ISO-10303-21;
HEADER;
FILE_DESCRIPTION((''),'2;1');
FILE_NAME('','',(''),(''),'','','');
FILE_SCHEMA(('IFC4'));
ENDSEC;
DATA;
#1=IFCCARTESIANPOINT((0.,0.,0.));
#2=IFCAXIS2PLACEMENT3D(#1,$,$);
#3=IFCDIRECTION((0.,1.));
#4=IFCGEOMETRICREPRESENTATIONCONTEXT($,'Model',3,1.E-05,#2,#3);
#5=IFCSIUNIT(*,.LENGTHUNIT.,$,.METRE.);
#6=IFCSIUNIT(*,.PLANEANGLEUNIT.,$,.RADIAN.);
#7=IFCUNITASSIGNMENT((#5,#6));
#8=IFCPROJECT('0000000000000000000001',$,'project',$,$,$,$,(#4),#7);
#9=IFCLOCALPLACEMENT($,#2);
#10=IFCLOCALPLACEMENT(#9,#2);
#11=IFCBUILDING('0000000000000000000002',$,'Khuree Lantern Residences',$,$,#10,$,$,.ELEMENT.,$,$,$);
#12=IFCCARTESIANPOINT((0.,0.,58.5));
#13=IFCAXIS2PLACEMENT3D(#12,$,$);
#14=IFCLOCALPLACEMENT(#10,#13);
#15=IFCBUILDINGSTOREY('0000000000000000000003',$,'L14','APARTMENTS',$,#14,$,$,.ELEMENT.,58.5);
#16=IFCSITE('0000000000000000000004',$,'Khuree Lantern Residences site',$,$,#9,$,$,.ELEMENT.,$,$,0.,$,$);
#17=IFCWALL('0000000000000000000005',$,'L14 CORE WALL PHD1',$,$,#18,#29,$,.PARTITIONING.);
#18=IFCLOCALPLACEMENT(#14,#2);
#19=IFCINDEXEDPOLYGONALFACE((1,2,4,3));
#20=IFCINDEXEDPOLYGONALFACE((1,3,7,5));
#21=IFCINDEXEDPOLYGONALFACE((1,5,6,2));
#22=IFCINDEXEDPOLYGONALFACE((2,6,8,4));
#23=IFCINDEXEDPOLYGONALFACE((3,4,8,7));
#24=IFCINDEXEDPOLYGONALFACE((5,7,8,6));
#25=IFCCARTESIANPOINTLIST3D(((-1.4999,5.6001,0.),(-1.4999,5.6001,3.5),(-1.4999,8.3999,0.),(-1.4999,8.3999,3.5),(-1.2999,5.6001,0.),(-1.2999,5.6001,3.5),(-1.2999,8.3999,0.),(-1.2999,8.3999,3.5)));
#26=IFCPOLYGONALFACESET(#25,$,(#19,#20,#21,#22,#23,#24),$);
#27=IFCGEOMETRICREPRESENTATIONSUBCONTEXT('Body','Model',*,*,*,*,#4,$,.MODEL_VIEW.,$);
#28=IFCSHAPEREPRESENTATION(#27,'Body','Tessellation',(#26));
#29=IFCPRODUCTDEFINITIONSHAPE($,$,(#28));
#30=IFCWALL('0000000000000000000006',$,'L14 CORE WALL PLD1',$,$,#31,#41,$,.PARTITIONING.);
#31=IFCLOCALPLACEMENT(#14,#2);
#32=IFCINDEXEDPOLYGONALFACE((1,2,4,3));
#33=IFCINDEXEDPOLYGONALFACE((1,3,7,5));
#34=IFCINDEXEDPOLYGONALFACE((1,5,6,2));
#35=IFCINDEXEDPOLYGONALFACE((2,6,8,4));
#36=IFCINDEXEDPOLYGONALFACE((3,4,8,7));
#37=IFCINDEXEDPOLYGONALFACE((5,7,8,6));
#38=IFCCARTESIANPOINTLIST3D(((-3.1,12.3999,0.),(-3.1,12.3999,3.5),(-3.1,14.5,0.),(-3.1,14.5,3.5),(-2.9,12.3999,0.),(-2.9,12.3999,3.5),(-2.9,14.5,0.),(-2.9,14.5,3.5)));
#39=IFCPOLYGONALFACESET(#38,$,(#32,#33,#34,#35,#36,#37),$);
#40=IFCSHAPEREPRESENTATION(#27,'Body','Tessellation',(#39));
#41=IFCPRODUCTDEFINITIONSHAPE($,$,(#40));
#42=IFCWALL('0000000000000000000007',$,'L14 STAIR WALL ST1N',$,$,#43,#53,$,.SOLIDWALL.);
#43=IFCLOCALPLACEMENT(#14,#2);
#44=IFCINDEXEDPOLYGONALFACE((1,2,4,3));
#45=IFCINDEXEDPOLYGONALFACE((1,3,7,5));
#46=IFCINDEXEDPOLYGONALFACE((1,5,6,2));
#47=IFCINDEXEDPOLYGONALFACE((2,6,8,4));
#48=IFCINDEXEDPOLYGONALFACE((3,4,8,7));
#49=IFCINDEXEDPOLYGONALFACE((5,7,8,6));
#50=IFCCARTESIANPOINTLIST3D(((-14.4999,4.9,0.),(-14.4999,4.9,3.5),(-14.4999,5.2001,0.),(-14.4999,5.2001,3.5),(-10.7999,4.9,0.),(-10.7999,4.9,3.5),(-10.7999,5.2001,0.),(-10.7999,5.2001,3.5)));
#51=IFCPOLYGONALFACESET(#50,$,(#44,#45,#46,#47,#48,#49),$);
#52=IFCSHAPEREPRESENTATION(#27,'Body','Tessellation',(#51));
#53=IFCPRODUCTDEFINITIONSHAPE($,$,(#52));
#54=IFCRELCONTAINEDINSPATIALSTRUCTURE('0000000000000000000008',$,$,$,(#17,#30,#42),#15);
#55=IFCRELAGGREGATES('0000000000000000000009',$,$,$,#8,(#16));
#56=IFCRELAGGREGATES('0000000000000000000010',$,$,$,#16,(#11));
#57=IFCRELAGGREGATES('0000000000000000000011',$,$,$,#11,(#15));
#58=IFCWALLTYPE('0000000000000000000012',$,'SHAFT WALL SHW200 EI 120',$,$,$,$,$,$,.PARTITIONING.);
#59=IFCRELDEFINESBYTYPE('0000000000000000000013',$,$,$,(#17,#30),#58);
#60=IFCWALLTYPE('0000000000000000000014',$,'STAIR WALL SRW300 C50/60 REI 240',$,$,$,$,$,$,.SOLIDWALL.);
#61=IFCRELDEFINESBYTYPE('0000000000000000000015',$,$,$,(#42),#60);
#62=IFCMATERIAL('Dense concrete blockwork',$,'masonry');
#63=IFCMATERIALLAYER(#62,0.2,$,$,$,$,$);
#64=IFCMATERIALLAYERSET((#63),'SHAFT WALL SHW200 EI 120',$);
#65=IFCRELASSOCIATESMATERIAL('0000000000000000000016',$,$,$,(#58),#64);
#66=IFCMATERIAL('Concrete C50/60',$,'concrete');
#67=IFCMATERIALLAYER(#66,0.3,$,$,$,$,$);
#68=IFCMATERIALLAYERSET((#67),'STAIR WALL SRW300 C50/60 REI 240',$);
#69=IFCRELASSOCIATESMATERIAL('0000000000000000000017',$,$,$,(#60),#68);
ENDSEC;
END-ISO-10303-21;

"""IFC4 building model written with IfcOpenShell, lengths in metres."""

from ifc_helpers import new_model, si_unit, direction, frame, frame_2d, origin, place, context, subcontext, project, spatial, rectangle, extrude, material, layer, layer_set, type_object, element, save


model = new_model("IFC4")

# Units and contexts
model_context = context("Model", 3, precision=1e-05, world=origin(), true_north=direction((0.0, 1.0)))
body_context = subcontext(model_context, "Body", "Model", "MODEL_VIEW")
ifc_project = project(units=[si_unit("LENGTHUNIT", "METRE"), si_unit("PLANEANGLEUNIT", "RADIAN")], contexts=[model_context])

# Site, building, storey
site_placement = place(None, origin())
site = spatial("IfcSite", under=ifc_project, at=site_placement, Name="Khuree Lantern Residences site", CompositionType="ELEMENT", RefElevation=0.0)
building_placement = place(site_placement, origin())
building = spatial("IfcBuilding", under=site, at=building_placement, Name="Khuree Lantern Residences", CompositionType="ELEMENT")
storey_placement = place(building_placement, frame((0.0, 0.0, 58.5)))
storey = spatial("IfcBuildingStorey", under=building, at=storey_placement, Name="L14", Description="APARTMENTS", CompositionType="ELEMENT", Elevation=58.5)

# Shared definitions
ifc_material_1 = material(Name="Dense concrete blockwork", Category="masonry")

# Walls
ifc_layer_1 = layer(ifc_material_1, 0.2)
ifc_layer_set_1 = layer_set([ifc_layer_1], Name="SHAFT WALL SHW200 EI 120")
wall_type_1 = type_object("IfcWallType", Name="SHAFT WALL SHW200 EI 120", PredefinedType="PARTITIONING", material=ifc_layer_set_1)
wall_1_placement = place(storey_placement, frame((-1.3999, 5.6001, 0.0), z_axis=(0.0, 0.0, 1.0), x_axis=(0.0, 1.0, 0.0)))
element("IfcWall", 1, at=wall_1_placement, inside=storey, type_object=wall_type_1, Name="L14 CORE WALL PHD1", PredefinedType="PARTITIONING", context=body_context, shape_type="SweptSolid", body=[
    extrude(rectangle(XDim=2.7998, YDim=0.2, at=frame_2d((1.3999, 0.0))), origin(), (0.0, 0.0, 1.0), 3.5),
])
wall_2_placement = place(storey_placement, frame((-3.0, 12.3999, 0.0), z_axis=(0.0, 0.0, 1.0), x_axis=(0.0, 1.0, 0.0)))
element("IfcWall", 2, at=wall_2_placement, inside=storey, type_object=wall_type_1, Name="L14 CORE WALL PLD1", PredefinedType="PARTITIONING", context=body_context, shape_type="SweptSolid", body=[
    extrude(rectangle(XDim=2.1001, YDim=0.2, at=frame_2d((1.05, 0.0))), origin(), (0.0, 0.0, 1.0), 3.5),
])
ifc_material_2 = material(Name="Concrete C50/60", Category="concrete")
ifc_layer_2 = layer(ifc_material_2, 0.3)
ifc_layer_set_2 = layer_set([ifc_layer_2], Name="STAIR WALL SRW300 C50/60 REI 240")
wall_type_2 = type_object("IfcWallType", Name="STAIR WALL SRW300 C50/60 REI 240", PredefinedType="SOLIDWALL", material=ifc_layer_set_2)
wall_3_placement = place(storey_placement, frame((-14.5, 5.05, 0.0), z_axis=(0.0, 0.0, 1.0), x_axis=(1.0, 0.0, 0.0)))
element("IfcWall", 3, at=wall_3_placement, inside=storey, type_object=wall_type_2, Name="L14 STAIR WALL ST1N", PredefinedType="SOLIDWALL", context=body_context, shape_type="SweptSolid", body=[
    extrude(rectangle(XDim=3.7, YDim=0.3, at=frame_2d((1.8501, 0.0))), origin(), (0.0, 0.0, 1.0), 3.5),
])

save(model, "model.ifc")
